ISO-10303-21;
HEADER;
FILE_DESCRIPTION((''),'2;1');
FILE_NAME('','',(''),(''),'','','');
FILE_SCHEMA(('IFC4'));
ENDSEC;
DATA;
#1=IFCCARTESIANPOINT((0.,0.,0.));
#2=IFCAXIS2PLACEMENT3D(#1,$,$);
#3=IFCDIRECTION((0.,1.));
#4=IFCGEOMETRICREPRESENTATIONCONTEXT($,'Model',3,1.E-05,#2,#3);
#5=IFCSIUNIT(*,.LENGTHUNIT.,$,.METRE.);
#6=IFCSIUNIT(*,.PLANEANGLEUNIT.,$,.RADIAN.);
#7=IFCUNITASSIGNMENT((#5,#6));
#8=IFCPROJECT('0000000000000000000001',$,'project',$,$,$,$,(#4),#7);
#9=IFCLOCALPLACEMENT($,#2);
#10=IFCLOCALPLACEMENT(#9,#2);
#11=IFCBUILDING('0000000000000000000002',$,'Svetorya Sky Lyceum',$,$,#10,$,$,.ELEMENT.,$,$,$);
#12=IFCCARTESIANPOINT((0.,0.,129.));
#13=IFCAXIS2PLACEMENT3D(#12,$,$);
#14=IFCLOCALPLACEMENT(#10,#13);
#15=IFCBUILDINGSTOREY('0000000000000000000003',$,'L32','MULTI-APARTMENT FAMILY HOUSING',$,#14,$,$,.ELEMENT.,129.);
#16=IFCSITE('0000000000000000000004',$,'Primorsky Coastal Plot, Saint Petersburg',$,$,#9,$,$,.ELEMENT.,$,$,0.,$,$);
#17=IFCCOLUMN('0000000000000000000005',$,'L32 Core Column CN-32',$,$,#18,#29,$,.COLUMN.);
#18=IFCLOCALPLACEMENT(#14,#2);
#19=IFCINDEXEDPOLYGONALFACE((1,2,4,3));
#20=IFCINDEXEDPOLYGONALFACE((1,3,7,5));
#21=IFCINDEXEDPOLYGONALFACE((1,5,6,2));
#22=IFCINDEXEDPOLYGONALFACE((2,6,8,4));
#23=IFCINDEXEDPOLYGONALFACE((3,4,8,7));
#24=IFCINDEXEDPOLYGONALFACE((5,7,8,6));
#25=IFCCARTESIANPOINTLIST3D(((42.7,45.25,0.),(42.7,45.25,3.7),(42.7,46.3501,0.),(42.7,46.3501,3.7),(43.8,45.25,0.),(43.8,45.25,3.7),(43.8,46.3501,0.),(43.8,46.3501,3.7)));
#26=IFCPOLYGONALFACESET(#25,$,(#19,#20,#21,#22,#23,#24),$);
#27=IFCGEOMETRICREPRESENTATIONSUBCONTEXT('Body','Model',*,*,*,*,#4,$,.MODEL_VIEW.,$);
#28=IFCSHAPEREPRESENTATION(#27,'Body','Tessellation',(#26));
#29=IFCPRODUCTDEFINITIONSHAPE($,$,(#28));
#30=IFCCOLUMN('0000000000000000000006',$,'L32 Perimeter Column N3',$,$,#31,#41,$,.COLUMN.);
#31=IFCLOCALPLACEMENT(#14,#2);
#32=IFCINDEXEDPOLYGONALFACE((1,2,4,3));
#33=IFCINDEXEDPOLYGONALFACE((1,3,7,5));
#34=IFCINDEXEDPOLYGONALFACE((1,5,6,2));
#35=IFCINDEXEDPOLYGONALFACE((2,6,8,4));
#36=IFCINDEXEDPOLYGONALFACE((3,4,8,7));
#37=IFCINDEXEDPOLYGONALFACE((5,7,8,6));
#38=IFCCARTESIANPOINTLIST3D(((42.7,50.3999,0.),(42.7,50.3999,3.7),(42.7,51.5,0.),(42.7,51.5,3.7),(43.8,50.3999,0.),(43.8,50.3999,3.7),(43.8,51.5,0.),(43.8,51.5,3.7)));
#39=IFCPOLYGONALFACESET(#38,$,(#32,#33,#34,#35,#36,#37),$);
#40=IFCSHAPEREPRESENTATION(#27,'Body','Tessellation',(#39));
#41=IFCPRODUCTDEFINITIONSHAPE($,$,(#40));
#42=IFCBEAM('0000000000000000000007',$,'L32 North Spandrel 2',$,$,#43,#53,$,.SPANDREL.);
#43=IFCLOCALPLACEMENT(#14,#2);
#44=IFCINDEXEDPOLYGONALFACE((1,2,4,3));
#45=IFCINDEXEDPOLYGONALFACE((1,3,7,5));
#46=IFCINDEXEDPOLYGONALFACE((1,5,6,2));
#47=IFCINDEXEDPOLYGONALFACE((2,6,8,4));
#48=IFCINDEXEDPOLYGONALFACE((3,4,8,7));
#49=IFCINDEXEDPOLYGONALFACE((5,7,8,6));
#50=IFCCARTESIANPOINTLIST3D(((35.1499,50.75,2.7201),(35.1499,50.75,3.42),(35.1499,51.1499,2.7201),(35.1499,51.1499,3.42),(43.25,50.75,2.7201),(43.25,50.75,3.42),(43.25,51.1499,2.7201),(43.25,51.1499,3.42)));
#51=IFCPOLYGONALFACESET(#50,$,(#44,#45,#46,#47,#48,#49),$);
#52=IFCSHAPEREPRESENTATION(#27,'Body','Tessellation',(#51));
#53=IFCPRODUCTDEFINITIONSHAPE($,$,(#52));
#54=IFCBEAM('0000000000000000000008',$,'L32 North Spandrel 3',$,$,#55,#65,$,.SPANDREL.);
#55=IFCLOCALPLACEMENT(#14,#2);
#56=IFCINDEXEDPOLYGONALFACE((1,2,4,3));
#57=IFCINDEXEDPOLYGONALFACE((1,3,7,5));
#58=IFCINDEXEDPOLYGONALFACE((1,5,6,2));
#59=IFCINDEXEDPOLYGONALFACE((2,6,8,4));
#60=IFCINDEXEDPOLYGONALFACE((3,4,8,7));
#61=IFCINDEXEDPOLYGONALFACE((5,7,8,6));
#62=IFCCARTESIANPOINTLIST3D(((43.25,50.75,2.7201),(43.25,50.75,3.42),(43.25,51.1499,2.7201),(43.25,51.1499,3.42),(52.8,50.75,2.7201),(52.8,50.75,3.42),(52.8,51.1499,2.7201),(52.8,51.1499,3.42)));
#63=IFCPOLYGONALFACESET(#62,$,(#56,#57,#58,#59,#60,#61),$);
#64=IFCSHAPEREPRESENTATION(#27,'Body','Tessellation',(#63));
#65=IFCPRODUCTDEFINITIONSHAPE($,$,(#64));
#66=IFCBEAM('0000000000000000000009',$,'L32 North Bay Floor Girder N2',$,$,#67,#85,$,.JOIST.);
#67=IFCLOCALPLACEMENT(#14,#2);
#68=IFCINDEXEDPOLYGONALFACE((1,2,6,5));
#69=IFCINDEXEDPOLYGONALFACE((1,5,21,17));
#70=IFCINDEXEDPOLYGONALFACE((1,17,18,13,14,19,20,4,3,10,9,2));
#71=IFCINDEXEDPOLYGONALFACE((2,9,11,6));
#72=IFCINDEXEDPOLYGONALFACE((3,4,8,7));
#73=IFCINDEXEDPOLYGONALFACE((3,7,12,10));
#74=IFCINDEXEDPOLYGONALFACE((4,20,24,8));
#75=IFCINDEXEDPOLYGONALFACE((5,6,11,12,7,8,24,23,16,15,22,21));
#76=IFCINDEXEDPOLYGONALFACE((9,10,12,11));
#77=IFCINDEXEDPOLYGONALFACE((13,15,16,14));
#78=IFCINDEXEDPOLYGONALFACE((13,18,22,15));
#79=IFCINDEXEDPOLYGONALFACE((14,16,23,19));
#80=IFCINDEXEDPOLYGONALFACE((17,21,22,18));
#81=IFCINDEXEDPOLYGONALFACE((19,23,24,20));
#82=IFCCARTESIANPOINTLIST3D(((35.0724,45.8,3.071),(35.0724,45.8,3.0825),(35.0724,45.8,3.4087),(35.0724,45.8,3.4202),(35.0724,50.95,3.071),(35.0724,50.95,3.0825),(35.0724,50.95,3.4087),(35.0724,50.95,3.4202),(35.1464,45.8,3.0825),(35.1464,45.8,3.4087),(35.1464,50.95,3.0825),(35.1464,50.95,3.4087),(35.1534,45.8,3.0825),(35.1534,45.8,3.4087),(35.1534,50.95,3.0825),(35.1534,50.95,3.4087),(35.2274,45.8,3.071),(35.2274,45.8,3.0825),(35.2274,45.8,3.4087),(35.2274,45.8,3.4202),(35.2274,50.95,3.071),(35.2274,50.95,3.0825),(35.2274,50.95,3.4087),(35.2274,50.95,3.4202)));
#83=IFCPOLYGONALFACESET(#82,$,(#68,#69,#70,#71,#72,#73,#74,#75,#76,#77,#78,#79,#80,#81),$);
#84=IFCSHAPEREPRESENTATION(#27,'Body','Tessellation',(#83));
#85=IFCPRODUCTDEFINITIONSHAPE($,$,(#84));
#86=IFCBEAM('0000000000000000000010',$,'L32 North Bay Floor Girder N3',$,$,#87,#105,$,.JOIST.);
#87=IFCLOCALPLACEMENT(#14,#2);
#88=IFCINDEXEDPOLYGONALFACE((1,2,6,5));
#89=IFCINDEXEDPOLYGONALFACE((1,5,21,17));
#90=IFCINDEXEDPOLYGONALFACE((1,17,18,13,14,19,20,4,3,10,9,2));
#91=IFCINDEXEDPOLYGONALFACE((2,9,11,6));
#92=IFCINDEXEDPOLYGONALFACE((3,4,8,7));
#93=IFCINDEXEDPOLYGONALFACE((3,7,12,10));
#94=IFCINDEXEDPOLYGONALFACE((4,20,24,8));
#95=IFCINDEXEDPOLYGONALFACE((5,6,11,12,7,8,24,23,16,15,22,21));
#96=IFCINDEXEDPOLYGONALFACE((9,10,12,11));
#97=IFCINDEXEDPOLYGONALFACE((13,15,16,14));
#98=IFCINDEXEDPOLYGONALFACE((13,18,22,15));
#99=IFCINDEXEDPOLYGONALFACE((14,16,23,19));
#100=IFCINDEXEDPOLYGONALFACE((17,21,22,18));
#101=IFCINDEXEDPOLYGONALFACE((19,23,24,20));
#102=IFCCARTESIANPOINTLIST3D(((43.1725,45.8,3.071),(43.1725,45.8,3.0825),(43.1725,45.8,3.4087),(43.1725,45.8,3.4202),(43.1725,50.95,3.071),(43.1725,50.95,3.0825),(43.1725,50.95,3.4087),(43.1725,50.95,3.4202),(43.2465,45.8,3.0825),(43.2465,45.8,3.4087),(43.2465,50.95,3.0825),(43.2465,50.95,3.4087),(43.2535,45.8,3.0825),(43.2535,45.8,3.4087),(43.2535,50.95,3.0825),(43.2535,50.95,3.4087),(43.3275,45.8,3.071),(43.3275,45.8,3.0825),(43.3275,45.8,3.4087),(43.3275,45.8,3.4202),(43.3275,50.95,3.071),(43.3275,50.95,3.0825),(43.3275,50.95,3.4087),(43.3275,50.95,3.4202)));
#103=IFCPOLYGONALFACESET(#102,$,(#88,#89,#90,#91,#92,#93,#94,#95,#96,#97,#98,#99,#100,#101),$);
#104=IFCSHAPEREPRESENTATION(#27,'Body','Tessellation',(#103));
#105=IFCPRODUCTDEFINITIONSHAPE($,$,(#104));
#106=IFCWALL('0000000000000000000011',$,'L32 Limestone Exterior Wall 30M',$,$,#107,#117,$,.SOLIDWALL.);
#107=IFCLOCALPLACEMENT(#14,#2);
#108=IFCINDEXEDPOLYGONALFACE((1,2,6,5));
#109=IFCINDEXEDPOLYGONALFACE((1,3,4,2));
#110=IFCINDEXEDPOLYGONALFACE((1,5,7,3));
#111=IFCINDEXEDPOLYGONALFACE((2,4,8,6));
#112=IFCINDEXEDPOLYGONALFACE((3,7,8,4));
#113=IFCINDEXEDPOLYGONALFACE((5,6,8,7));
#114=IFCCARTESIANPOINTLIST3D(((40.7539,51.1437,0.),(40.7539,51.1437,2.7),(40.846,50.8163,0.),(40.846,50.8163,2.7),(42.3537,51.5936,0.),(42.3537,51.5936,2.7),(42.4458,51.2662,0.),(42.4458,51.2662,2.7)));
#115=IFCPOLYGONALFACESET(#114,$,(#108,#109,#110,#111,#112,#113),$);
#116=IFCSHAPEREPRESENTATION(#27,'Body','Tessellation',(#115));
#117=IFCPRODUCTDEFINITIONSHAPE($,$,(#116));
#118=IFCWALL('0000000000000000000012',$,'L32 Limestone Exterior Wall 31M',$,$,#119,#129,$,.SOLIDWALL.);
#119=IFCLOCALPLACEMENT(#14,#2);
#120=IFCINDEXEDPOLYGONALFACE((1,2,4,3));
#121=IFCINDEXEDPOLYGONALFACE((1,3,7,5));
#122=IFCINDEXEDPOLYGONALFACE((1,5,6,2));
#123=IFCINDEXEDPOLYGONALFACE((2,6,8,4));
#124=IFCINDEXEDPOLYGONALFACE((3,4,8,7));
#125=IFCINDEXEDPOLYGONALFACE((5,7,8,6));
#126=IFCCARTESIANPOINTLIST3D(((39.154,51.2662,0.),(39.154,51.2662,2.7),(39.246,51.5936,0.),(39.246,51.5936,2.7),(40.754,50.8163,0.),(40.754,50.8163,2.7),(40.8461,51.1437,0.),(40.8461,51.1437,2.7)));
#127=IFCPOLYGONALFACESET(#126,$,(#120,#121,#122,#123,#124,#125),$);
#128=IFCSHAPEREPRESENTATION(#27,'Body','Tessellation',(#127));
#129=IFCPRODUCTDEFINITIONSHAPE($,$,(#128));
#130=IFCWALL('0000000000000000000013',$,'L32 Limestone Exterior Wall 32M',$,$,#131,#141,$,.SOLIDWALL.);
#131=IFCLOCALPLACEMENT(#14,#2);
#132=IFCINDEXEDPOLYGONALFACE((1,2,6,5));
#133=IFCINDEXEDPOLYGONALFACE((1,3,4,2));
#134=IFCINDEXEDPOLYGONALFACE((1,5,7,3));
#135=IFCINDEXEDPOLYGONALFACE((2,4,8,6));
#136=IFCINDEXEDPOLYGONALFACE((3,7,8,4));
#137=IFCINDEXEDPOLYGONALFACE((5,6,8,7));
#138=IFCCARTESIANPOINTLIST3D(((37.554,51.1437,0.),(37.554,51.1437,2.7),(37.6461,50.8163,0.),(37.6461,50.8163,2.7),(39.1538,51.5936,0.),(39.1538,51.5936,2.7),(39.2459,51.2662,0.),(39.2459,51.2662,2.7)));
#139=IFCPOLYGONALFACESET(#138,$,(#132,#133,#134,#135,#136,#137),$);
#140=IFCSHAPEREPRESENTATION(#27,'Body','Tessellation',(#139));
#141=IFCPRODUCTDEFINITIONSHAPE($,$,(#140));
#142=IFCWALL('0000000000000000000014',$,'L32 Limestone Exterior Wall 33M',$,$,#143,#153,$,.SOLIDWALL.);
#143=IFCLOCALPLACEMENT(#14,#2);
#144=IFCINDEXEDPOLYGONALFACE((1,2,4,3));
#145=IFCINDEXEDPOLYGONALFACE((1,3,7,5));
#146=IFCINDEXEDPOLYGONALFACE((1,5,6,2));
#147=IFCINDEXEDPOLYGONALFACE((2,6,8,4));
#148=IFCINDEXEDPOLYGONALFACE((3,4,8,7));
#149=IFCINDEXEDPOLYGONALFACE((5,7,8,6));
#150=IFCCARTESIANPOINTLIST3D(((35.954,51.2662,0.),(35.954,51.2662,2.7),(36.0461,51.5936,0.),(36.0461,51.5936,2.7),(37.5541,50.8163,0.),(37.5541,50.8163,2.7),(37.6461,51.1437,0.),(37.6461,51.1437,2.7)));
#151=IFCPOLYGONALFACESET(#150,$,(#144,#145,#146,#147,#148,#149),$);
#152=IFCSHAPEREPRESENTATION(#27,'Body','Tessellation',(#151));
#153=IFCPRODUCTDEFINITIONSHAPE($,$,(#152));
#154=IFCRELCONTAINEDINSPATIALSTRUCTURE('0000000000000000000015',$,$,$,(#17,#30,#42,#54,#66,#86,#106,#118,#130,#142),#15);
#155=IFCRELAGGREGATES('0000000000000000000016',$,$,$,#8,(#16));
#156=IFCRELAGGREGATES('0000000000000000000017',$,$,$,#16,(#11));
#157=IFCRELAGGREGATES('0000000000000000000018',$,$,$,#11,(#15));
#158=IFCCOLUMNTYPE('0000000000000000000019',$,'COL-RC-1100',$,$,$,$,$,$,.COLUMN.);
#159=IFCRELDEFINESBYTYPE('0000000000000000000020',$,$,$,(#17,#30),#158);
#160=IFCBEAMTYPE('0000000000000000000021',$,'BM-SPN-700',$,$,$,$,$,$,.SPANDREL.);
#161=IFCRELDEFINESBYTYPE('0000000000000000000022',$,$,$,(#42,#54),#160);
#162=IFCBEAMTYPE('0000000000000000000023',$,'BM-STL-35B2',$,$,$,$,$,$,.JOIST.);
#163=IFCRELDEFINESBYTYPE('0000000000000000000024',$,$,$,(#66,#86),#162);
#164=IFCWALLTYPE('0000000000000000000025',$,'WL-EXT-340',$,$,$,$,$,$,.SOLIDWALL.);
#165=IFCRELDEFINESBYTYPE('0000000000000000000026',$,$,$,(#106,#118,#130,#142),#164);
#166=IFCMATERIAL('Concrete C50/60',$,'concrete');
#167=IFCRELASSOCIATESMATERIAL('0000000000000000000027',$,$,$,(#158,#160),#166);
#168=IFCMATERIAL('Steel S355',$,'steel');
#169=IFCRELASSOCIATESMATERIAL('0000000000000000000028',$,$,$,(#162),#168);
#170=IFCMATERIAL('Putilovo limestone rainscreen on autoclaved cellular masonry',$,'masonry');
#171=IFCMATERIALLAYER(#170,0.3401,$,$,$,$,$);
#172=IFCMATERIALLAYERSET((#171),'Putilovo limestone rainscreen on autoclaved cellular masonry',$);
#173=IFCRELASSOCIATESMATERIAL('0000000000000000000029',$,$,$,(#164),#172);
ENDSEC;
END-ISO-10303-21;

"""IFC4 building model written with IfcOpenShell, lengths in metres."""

from ifc_helpers import new_model, si_unit, direction, frame, frame_2d, origin, origin_2d, place, context, subcontext, project, spatial, rectangle, i_section, extrude, material, layer, layer_set, material_profile, profile_set, type_object, element, save


model = new_model("IFC4")

# Units and contexts
model_context = context("Model", 3, precision=1e-05, world=origin(), true_north=direction((0.0, 1.0)))
body_context = subcontext(model_context, "Body", "Model", "MODEL_VIEW")
ifc_project = project(units=[si_unit("LENGTHUNIT", "METRE"), si_unit("PLANEANGLEUNIT", "RADIAN")], contexts=[model_context])

# Site, building, storey
site_placement = place(None, origin())
site = spatial("IfcSite", under=ifc_project, at=site_placement, Name="Primorsky Coastal Plot, Saint Petersburg", CompositionType="ELEMENT", RefElevation=0.0)
building_placement = place(site_placement, origin())
building = spatial("IfcBuilding", under=site, at=building_placement, Name="Svetorya Sky Lyceum", CompositionType="ELEMENT")
storey_placement = place(building_placement, frame((0.0, 0.0, 129.0)))
storey = spatial("IfcBuildingStorey", under=building, at=storey_placement, Name="L32", Description="MULTI-APARTMENT FAMILY HOUSING", CompositionType="ELEMENT", Elevation=129.0)

# Columns
ifc_material_1 = material(Name="Concrete C50/60", Category="concrete")
ifc_material_profile_1 = material_profile(ifc_material_1, rectangle(XDim=1.1001, YDim=1.1001, at=origin_2d()), Name="RC COL 1100x1100")
ifc_profile_set_1 = profile_set([ifc_material_profile_1], Name="Concrete C50/60")
column_type = type_object("IfcColumnType", Name="COL-RC-1100", PredefinedType="COLUMN", material=ifc_profile_set_1)
for number, where, z_axis, x_axis, name in (
    (1, (43.25, 45.8, 0.0), (0.0, 0.0, 1.0), (1.0, 0.0, 0.0), "L32 Core Column CN-32"),
    (2, (43.25, 50.95, 0.0), (0.0, 0.0, 1.0), (1.0, 0.0, 0.0), "L32 Perimeter Column N3"),
):
    element("IfcColumn", number, at=place(storey_placement, frame(where, z_axis=z_axis, x_axis=x_axis)), inside=storey, type_object=column_type, Name=name, PredefinedType="COLUMN", context=body_context, shape_type="SweptSolid", body=[
        extrude(rectangle(XDim=1.1001, YDim=1.1001, at=origin_2d()), origin(), (0.0, 0.0, 1.0), 3.7),
    ])

# Beams
ifc_material_profile_2 = material_profile(ifc_material_1, rectangle(XDim=0.3999, YDim=0.7, at=origin_2d()), Name="RC SPANDREL 400x700")
ifc_profile_set_2 = profile_set([ifc_material_profile_2], Name="Concrete C50/60")
beam_type_1 = type_object("IfcBeamType", Name="BM-SPN-700", PredefinedType="SPANDREL", material=ifc_profile_set_2)
beam_1_placement = place(storey_placement, frame((35.1499, 50.95, 3.0701), z_axis=(1.0, 0.0, 0.0), x_axis=(0.0, 1.0, 0.0)))
element("IfcBeam", 3, at=beam_1_placement, inside=storey, type_object=beam_type_1, Name="L32 North Spandrel 2", PredefinedType="SPANDREL", context=body_context, shape_type="SweptSolid", body=[
    extrude(rectangle(XDim=0.3999, YDim=0.7, at=origin_2d()), origin(), (0.0, 0.0, 1.0), 8.1001),
])
beam_2_placement = place(storey_placement, frame((43.25, 50.95, 3.0701), z_axis=(1.0, 0.0, 0.0), x_axis=(0.0, 1.0, 0.0)))
element("IfcBeam", 4, at=beam_2_placement, inside=storey, type_object=beam_type_1, Name="L32 North Spandrel 3", PredefinedType="SPANDREL", context=body_context, shape_type="SweptSolid", body=[
    extrude(rectangle(XDim=0.3999, YDim=0.7, at=origin_2d()), origin(), (0.0, 0.0, 1.0), 9.55),
])
ifc_material_2 = material(Name="Steel S355", Category="steel")
ifc_material_profile_3 = material_profile(ifc_material_2, i_section(OverallWidth=0.155, OverallDepth=0.3491, WebThickness=0.0071, FlangeThickness=0.0115, at=origin_2d()), Name="GOST 35B2")
ifc_profile_set_3 = profile_set([ifc_material_profile_3], Name="Steel S355")
beam_type_2 = type_object("IfcBeamType", Name="BM-STL-35B2", PredefinedType="JOIST", material=ifc_profile_set_3)
for number, where, z_axis, x_axis, name in (
    (5, (35.1499, 45.8, 3.2456), (0.0, 1.0, 0.0), (-1.0, 0.0, 0.0), "L32 North Bay Floor Girder N2"),
    (6, (43.25, 45.8, 3.2456), (0.0, 1.0, 0.0), (-1.0, 0.0, 0.0), "L32 North Bay Floor Girder N3"),
):
    element("IfcBeam", number, at=place(storey_placement, frame(where, z_axis=z_axis, x_axis=x_axis)), inside=storey, type_object=beam_type_2, Name=name, PredefinedType="JOIST", context=body_context, shape_type="SweptSolid", body=[
        extrude(i_section(OverallWidth=0.155, OverallDepth=0.3491, WebThickness=0.0071, FlangeThickness=0.0115, at=origin_2d()), origin(), (0.0, 0.0, 1.0), 5.1499),
    ])

# Walls
ifc_material_3 = material(Name="Putilovo limestone rainscreen on autoclaved cellular masonry", Category="masonry")
ifc_layer_1 = layer(ifc_material_3, 0.3401)
ifc_layer_set_1 = layer_set([ifc_layer_1], Name="Putilovo limestone rainscreen on autoclaved cellular masonry")
wall_type_1 = type_object("IfcWallType", Name="WL-EXT-340", PredefinedType="SOLIDWALL", material=ifc_layer_set_1)
wall_1_placement = place(storey_placement, frame((42.3999, 51.4299, 0.0), z_axis=(0.0, 0.0, 1.0), x_axis=(-0.962652, -0.270741, 0.0)))
element("IfcWall", 7, at=wall_1_placement, inside=storey, type_object=wall_type_1, Name="L32 Limestone Exterior Wall 30M", PredefinedType="SOLIDWALL", context=body_context, shape_type="SweptSolid", body=[
    extrude(rectangle(XDim=1.6619, YDim=0.3401, at=frame_2d((0.8311, 0.0))), origin(), (0.0, 0.0, 1.0), 2.7),
])
wall_2_placement = place(storey_placement, frame((40.8, 50.98, 0.0), z_axis=(0.0, 0.0, 1.0), x_axis=(-0.962663, 0.270703, 0.0)))
element("IfcWall", 8, at=wall_2_placement, inside=storey, type_object=wall_type_1, Name="L32 Limestone Exterior Wall 31M", PredefinedType="SOLIDWALL", context=body_context, shape_type="SweptSolid", body=[
    extrude(rectangle(XDim=1.6621, YDim=0.3401, at=frame_2d((0.8311, 0.0))), origin(), (0.0, 0.0, 1.0), 2.7),
])
wall_3_placement = place(storey_placement, frame((39.2, 51.4299, 0.0), z_axis=(0.0, 0.0, 1.0), x_axis=(-0.962652, -0.270741, 0.0)))
element("IfcWall", 9, at=wall_3_placement, inside=storey, type_object=wall_type_1, Name="L32 Limestone Exterior Wall 32M", PredefinedType="SOLIDWALL", context=body_context, shape_type="SweptSolid", body=[
    extrude(rectangle(XDim=1.6619, YDim=0.3401, at=frame_2d((0.8311, 0.0))), origin(), (0.0, 0.0, 1.0), 2.7),
])
wall_4_placement = place(storey_placement, frame((37.6001, 50.98, 0.0), z_axis=(0.0, 0.0, 1.0), x_axis=(-0.962663, 0.270703, 0.0)))
element("IfcWall", 10, at=wall_4_placement, inside=storey, type_object=wall_type_1, Name="L32 Limestone Exterior Wall 33M", PredefinedType="SOLIDWALL", context=body_context, shape_type="SweptSolid", body=[
    extrude(rectangle(XDim=1.6621, YDim=0.3401, at=frame_2d((0.8311, 0.0))), origin(), (0.0, 0.0, 1.0), 2.7),
])

save(model, "model.ifc")
